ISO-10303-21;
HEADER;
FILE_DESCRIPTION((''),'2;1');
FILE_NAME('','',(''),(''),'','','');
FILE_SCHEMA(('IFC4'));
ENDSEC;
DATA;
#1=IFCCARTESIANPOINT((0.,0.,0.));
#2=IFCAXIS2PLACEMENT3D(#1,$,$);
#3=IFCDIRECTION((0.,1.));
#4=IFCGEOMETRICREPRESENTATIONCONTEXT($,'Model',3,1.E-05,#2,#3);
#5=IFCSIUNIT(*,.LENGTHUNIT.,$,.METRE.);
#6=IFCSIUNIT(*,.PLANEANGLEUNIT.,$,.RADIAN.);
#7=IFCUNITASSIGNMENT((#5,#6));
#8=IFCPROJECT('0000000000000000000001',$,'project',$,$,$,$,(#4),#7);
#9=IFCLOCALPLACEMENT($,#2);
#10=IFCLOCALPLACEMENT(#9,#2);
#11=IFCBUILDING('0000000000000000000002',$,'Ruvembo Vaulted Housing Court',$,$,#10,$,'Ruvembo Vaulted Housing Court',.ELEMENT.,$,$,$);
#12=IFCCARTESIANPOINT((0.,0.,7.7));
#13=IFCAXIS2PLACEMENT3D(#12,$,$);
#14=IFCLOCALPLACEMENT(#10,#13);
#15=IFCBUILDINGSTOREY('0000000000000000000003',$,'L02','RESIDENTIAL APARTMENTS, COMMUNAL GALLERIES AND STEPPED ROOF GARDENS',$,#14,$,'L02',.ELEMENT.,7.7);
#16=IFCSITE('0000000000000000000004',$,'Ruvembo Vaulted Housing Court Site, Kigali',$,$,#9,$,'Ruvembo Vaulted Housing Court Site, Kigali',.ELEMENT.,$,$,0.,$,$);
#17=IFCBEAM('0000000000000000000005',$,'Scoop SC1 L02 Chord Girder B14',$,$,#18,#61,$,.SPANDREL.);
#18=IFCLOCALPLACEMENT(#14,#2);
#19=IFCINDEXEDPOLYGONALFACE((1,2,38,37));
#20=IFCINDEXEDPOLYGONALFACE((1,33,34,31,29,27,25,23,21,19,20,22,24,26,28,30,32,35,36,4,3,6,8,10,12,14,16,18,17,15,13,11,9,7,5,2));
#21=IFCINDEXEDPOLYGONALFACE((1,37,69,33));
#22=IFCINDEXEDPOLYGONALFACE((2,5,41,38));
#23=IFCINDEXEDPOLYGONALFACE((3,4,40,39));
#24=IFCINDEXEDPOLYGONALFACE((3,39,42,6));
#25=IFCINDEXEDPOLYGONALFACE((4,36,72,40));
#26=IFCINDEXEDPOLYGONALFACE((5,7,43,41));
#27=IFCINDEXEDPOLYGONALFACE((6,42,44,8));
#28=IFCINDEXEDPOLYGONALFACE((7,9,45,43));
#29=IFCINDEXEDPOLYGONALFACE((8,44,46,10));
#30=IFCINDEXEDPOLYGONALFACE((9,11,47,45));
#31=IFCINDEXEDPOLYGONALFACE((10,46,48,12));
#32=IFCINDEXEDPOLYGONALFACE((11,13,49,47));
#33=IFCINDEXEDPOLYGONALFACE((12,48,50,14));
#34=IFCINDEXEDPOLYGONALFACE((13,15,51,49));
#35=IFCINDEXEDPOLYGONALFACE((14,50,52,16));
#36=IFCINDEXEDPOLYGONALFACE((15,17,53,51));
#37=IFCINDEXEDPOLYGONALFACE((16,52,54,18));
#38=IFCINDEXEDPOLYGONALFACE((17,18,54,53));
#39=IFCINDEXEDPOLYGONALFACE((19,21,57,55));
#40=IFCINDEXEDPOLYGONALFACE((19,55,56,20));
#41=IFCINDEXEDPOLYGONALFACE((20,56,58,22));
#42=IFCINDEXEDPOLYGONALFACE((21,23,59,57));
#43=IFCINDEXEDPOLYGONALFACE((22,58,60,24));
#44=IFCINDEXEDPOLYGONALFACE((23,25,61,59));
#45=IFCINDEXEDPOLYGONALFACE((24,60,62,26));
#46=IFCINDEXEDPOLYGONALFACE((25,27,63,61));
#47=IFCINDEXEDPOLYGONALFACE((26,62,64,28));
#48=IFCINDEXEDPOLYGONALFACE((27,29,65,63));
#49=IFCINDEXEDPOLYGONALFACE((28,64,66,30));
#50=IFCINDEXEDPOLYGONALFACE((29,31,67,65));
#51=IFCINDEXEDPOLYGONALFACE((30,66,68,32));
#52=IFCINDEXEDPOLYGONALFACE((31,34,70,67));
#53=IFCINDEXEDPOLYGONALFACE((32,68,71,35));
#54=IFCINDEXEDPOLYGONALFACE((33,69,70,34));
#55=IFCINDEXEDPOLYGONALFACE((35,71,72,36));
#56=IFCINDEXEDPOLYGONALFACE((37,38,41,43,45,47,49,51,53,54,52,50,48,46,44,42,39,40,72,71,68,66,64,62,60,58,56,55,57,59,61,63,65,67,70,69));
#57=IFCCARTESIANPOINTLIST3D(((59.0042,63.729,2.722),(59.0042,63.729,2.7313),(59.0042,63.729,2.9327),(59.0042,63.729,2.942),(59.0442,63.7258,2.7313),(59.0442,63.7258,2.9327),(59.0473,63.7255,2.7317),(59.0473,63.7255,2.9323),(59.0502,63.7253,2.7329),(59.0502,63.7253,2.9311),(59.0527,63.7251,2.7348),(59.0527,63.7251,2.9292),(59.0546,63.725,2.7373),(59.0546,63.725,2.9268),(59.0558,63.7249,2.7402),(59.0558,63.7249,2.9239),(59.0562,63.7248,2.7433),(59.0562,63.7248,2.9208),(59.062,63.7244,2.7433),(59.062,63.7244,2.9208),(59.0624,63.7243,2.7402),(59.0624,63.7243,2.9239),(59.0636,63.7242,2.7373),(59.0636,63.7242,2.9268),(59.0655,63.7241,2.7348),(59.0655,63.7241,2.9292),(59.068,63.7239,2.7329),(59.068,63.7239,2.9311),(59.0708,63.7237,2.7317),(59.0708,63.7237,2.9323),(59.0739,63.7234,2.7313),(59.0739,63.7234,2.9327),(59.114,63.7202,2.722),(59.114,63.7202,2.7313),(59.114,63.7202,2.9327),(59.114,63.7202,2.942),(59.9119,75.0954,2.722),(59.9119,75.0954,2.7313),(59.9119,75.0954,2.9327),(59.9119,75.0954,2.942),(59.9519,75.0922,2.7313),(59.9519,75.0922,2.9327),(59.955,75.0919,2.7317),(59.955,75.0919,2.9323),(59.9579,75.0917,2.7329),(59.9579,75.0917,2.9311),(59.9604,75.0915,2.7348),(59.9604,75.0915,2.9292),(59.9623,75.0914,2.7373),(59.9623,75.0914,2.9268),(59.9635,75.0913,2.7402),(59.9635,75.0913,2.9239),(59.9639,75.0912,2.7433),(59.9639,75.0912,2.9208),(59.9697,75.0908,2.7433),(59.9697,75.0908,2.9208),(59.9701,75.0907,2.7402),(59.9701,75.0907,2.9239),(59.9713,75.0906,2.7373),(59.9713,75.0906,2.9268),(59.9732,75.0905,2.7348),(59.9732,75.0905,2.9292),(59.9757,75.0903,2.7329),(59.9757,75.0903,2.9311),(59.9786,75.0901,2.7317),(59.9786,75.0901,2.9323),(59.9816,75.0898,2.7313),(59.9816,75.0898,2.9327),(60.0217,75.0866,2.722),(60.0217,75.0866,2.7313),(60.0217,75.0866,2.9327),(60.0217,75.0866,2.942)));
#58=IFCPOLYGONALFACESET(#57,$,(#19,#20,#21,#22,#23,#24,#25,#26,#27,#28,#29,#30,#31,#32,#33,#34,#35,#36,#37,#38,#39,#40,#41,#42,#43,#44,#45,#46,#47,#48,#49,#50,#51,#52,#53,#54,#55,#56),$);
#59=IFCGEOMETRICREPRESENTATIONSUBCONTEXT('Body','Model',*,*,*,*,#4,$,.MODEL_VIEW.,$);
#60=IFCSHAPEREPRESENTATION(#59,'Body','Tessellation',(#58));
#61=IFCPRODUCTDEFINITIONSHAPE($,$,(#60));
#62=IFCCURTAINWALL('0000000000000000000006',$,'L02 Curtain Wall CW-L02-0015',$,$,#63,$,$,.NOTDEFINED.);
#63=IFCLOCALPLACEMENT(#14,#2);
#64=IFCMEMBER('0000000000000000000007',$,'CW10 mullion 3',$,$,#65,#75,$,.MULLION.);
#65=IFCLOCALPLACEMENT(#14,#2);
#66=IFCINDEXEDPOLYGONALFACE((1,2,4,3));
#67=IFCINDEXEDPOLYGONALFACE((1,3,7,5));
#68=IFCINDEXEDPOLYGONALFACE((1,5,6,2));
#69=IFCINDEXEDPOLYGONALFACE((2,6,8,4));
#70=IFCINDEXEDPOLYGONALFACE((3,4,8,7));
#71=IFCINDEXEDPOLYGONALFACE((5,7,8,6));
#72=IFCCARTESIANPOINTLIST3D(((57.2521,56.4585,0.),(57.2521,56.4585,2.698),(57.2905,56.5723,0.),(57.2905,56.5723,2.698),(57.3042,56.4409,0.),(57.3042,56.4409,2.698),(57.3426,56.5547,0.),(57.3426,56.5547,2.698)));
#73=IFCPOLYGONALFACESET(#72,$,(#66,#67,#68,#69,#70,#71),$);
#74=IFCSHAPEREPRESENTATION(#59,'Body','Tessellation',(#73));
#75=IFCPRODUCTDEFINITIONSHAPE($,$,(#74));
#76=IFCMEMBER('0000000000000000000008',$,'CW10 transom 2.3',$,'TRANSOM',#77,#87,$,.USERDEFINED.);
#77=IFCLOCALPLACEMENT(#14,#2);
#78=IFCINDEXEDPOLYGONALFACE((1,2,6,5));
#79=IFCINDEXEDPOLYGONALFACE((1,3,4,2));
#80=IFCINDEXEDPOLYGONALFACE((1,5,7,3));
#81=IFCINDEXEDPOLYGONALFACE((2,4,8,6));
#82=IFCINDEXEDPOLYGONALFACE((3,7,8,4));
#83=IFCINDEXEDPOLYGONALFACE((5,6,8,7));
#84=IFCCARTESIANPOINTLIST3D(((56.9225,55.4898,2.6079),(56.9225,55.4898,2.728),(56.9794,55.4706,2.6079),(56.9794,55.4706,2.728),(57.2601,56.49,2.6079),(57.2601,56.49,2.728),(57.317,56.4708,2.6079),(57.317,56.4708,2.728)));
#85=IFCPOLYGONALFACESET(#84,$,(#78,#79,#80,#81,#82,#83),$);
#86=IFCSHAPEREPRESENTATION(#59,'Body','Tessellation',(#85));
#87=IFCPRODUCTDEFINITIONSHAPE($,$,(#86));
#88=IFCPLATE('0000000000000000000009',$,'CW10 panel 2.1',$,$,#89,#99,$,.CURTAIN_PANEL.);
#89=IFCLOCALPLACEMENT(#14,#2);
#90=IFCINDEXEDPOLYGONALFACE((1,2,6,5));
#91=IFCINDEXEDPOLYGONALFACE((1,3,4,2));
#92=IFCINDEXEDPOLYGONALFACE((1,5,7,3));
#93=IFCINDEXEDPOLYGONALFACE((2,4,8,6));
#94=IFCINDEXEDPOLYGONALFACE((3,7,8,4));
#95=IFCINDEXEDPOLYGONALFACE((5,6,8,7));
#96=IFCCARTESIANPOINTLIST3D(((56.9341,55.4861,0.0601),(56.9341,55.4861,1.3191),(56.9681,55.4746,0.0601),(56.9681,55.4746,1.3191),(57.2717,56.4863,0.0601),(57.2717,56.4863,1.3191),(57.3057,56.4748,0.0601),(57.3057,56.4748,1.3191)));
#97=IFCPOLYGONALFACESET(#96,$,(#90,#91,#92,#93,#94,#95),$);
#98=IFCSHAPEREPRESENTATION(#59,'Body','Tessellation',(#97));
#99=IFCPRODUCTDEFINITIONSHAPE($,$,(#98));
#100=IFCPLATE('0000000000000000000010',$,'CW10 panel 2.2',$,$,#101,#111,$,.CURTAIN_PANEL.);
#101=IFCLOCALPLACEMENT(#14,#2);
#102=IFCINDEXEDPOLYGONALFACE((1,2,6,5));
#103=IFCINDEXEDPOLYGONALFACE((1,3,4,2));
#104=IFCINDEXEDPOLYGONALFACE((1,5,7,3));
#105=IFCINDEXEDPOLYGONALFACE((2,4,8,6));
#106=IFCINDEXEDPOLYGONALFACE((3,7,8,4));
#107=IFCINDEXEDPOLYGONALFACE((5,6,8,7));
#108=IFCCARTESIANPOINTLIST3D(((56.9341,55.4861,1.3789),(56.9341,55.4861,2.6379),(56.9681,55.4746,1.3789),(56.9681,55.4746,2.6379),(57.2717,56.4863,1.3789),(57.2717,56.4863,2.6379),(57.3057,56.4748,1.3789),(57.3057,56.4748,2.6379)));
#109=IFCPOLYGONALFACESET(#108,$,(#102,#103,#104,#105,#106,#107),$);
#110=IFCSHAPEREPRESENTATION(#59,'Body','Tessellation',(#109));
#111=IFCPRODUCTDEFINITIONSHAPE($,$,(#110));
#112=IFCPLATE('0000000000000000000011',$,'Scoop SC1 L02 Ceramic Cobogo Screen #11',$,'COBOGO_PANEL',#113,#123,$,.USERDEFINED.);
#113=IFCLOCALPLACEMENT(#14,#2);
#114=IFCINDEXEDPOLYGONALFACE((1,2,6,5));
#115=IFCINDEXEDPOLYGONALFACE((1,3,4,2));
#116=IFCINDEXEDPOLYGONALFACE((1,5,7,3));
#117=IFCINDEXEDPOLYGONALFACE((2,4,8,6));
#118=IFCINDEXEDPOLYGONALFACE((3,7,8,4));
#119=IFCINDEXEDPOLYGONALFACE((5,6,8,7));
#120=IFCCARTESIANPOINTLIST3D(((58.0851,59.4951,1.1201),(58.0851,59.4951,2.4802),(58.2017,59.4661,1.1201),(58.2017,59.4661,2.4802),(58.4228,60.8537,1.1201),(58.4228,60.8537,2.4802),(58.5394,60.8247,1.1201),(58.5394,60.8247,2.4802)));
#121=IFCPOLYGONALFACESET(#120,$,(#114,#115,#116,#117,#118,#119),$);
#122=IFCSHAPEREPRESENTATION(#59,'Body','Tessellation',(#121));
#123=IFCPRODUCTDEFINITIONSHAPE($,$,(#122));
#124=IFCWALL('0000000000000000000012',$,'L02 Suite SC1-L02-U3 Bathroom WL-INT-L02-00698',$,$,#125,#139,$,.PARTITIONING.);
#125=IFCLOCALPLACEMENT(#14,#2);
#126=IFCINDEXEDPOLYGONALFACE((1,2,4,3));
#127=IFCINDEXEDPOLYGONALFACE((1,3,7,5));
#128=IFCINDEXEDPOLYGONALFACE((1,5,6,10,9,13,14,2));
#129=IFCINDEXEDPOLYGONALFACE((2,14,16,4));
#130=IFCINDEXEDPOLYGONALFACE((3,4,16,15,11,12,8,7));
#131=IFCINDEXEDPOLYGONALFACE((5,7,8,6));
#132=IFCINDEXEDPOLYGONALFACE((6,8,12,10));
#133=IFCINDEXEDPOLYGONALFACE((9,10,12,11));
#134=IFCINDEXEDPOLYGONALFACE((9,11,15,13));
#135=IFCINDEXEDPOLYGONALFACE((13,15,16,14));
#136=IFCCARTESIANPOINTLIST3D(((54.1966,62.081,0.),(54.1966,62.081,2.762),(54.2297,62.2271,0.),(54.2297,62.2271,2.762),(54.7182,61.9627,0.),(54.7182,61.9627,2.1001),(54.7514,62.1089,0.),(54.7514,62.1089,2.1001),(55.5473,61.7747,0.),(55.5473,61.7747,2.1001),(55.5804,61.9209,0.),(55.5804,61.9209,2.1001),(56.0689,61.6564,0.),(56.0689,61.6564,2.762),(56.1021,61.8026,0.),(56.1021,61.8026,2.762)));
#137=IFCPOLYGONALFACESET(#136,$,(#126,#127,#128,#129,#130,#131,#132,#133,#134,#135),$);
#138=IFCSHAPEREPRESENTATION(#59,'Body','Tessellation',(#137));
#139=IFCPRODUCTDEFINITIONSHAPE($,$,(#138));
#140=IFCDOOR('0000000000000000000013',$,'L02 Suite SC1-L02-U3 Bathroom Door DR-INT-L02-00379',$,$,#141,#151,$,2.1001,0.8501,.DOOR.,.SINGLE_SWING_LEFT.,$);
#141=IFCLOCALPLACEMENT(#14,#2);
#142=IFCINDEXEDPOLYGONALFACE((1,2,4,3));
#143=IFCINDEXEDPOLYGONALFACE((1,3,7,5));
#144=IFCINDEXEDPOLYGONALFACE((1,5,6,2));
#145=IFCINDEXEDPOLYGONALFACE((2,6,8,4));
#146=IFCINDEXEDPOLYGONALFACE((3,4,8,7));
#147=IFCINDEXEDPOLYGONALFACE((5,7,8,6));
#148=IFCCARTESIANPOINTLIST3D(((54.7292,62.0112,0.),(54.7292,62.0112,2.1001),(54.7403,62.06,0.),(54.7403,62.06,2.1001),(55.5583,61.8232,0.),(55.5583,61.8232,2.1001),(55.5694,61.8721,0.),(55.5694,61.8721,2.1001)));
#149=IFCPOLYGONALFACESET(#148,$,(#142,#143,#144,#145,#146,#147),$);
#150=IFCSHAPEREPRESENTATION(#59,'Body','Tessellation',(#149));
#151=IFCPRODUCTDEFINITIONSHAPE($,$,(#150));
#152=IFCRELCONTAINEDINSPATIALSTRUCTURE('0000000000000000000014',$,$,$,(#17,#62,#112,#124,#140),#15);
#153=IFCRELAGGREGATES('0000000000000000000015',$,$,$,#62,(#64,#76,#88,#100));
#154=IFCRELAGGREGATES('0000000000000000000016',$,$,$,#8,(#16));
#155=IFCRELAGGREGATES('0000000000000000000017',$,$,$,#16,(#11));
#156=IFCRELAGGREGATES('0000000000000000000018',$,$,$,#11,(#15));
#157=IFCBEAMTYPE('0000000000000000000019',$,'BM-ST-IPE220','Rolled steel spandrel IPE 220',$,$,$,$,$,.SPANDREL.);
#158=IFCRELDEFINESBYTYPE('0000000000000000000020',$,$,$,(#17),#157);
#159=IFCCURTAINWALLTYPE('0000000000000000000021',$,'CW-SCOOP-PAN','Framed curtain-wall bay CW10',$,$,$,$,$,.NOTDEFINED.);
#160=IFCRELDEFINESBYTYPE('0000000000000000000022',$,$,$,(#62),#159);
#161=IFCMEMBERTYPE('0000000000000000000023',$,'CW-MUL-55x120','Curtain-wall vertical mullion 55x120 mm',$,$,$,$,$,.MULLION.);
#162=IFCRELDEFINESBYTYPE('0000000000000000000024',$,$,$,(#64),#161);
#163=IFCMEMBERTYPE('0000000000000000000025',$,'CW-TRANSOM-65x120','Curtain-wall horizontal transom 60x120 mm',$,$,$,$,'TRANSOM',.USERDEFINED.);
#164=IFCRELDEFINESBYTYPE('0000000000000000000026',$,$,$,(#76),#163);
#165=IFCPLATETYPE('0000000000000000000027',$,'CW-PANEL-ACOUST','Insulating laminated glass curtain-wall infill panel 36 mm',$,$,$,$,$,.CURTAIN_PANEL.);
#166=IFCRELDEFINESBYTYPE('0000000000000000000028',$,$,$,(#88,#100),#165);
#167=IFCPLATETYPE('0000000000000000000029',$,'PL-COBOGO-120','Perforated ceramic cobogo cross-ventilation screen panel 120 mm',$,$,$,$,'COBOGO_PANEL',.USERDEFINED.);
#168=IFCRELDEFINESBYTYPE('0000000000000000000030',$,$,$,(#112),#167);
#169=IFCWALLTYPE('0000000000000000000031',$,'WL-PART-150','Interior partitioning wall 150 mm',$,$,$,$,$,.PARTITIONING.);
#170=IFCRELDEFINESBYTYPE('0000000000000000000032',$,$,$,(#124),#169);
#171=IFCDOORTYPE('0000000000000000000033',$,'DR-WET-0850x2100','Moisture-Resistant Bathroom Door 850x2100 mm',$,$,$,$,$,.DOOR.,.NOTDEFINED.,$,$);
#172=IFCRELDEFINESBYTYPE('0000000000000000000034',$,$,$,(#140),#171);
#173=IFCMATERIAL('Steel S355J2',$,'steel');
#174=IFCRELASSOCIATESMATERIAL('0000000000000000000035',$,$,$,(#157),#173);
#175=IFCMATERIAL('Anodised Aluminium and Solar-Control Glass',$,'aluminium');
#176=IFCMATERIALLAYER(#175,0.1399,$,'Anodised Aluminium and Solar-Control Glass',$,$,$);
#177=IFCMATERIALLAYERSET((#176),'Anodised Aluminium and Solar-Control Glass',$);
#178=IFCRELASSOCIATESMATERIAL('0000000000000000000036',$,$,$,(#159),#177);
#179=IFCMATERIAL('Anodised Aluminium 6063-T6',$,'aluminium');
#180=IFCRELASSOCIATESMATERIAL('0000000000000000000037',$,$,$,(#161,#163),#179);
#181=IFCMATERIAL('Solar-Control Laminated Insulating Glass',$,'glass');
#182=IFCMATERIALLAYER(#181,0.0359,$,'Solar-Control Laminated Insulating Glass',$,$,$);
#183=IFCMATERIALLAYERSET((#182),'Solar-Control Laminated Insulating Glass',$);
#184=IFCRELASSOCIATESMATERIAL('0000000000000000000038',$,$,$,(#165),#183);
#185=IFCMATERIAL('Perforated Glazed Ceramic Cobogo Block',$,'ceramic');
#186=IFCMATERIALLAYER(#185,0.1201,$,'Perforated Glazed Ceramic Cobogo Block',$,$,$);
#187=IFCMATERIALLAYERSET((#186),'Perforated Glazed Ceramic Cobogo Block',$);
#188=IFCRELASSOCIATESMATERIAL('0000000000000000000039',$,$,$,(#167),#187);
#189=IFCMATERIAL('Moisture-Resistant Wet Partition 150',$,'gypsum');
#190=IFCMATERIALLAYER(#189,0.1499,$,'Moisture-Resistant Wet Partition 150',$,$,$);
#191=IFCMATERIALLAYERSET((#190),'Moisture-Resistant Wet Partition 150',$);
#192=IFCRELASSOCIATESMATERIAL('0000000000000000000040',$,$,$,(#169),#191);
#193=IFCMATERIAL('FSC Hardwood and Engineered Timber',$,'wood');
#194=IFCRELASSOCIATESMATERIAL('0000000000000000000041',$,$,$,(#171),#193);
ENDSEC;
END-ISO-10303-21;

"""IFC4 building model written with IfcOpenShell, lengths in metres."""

from ifc_helpers import new_model, si_unit, direction, frame, frame_2d, origin, origin_2d, place, context, subcontext, project, spatial, rectangle, i_section, extrude, material, layer, layer_set, material_profile, profile_set, type_object, element, fill, aggregate, save


model = new_model("IFC4")

# Units and contexts
model_context = context("Model", 3, precision=1e-05, world=origin(), true_north=direction((0.0, 1.0)))
body_context = subcontext(model_context, "Body", "Model", "MODEL_VIEW")
ifc_project = project(units=[si_unit("LENGTHUNIT", "METRE"), si_unit("PLANEANGLEUNIT", "RADIAN")], contexts=[model_context])

# Site, building, storey
site_placement = place(None, origin())
site = spatial("IfcSite", under=ifc_project, at=site_placement, Name="Ruvembo Vaulted Housing Court Site, Kigali", LongName="Ruvembo Vaulted Housing Court Site, Kigali", CompositionType="ELEMENT", RefElevation=0.0)
building_placement = place(site_placement, origin())
building = spatial("IfcBuilding", under=site, at=building_placement, Name="Ruvembo Vaulted Housing Court", LongName="Ruvembo Vaulted Housing Court", CompositionType="ELEMENT")
storey_placement = place(building_placement, frame((0.0, 0.0, 7.7)))
storey = spatial("IfcBuildingStorey", under=building, at=storey_placement, Name="L02", Description="RESIDENTIAL APARTMENTS, COMMUNAL GALLERIES AND STEPPED ROOF GARDENS", LongName="L02", CompositionType="ELEMENT", Elevation=7.7)

# Beam
ifc_material_1 = material(Name="Steel S355J2", Category="steel")
ifc_material_profile_1 = material_profile(ifc_material_1, i_section(OverallWidth=0.1101, OverallDepth=0.22, WebThickness=0.0059, FlangeThickness=0.0093, FilletRadius=0.012, at=origin_2d()), Name="IPE 220")
ifc_profile_set_1 = profile_set([ifc_material_profile_1], Name="Steel S355J2")
beam_type_1 = type_object("IfcBeamType", Name="BM-ST-IPE220", Description="Rolled steel spandrel IPE 220", PredefinedType="SPANDREL", material=ifc_profile_set_1)
beam_1_placement = place(storey_placement, frame((59.0591, 63.7246, 2.832), z_axis=(0.079606, 0.996826, 0.0), x_axis=(-0.996826, 0.079606, 0.0)))
element("IfcBeam", 1, at=beam_1_placement, inside=storey, type_object=beam_type_1, Name="Scoop SC1 L02 Chord Girder B14", PredefinedType="SPANDREL", context=body_context, shape_type="SweptSolid", body=[
    extrude(i_section(OverallWidth=0.1101, OverallDepth=0.22, WebThickness=0.0059, FlangeThickness=0.0093, FilletRadius=0.012, at=origin_2d()), origin(), (0.0, 0.0, 1.0), 11.4026),
])

# Curtain wall, members, plates
ifc_material_2 = material(Name="Anodised Aluminium and Solar-Control Glass", Category="aluminium")
ifc_layer_1 = layer(ifc_material_2, 0.1399, Name="Anodised Aluminium and Solar-Control Glass")
ifc_layer_set_1 = layer_set([ifc_layer_1], Name="Anodised Aluminium and Solar-Control Glass")
curtain_wall_type = type_object("IfcCurtainWallType", Name="CW-SCOOP-PAN", Description="Framed curtain-wall bay CW10", PredefinedType="NOTDEFINED", material=ifc_layer_set_1)
curtain_wall_placement = place(storey_placement, origin())
curtain_wall = element("IfcCurtainWall", 2, at=curtain_wall_placement, inside=storey, type_object=curtain_wall_type, Name="L02 Curtain Wall CW-L02-0015", PredefinedType="NOTDEFINED")
ifc_material_3 = material(Name="Anodised Aluminium 6063-T6", Category="aluminium")
ifc_material_profile_2 = material_profile(ifc_material_3, rectangle(XDim=0.0549, YDim=0.1201, at=origin_2d()), Name="ALU 55x120")
ifc_profile_set_2 = profile_set([ifc_material_profile_2], Name="Anodised Aluminium 6063-T6")
member_type_1 = type_object("IfcMemberType", Name="CW-MUL-55x120", Description="Curtain-wall vertical mullion 55x120 mm", PredefinedType="MULLION", material=ifc_profile_set_2)
member_1_placement = place(storey_placement, frame((57.2974, 56.5066, 0.0), z_axis=(0.0, 0.0, 1.0), x_axis=(-0.947473, 0.319836, 0.0)))
member_1 = element("IfcMember", 3, at=member_1_placement, type_object=member_type_1, Name="CW10 mullion 3", PredefinedType="MULLION", context=body_context, shape_type="SweptSolid", body=[
    extrude(rectangle(XDim=0.0549, YDim=0.1201, at=origin_2d()), origin(), (0.0, 0.0, 1.0), 2.698),
])
ifc_material_profile_3 = material_profile(ifc_material_3, rectangle(XDim=0.0601, YDim=0.1201, at=origin_2d()), Name="ALU 60x120")
ifc_profile_set_3 = profile_set([ifc_material_profile_3], Name="Anodised Aluminium 6063-T6")
member_type_2 = type_object("IfcMemberType", Name="CW-TRANSOM-65x120", Description="Curtain-wall horizontal transom 60x120 mm", ElementType="TRANSOM", PredefinedType="USERDEFINED", material=ifc_profile_set_3)
member_2_placement = place(storey_placement, frame((56.9509, 55.4802, 2.668), z_axis=(0.319833, 0.947474, 0.0), x_axis=(-0.947474, 0.319833, 0.0)))
member_2 = element("IfcMember", 4, at=member_2_placement, type_object=member_type_2, Name="CW10 transom 2.3", ObjectType="TRANSOM", PredefinedType="USERDEFINED", context=body_context, shape_type="SweptSolid", body=[
    extrude(rectangle(XDim=0.0601, YDim=0.1201, at=origin_2d()), origin(), (0.0, 0.0, 1.0), 1.0557),
])
ifc_material_4 = material(Name="Solar-Control Laminated Insulating Glass", Category="glass")
ifc_layer_2 = layer(ifc_material_4, 0.0359, Name="Solar-Control Laminated Insulating Glass")
ifc_layer_set_2 = layer_set([ifc_layer_2], Name="Solar-Control Laminated Insulating Glass")
plate_type_1 = type_object("IfcPlateType", Name="CW-PANEL-ACOUST", Description="Insulating laminated glass curtain-wall infill panel 36 mm", PredefinedType="CURTAIN_PANEL", material=ifc_layer_set_2)
plate_1_placement = place(storey_placement, frame((57.1199, 55.9805, 0.0601), z_axis=(0.0, 0.0, 1.0), x_axis=(0.319836, 0.947473, 0.0)))
plate_1 = element("IfcPlate", 5, at=plate_1_placement, type_object=plate_type_1, Name="CW10 panel 2.1", PredefinedType="CURTAIN_PANEL", context=body_context, shape_type="SweptSolid", body=[
    extrude(rectangle(XDim=1.0557, YDim=0.0359, at=origin_2d()), origin(), (0.0, 0.0, 1.0), 1.259),
])
plate_2_placement = place(storey_placement, frame((57.1199, 55.9805, 1.3789), z_axis=(0.0, 0.0, 1.0), x_axis=(0.319836, 0.947473, 0.0)))
plate_2 = element("IfcPlate", 6, at=plate_2_placement, type_object=plate_type_1, Name="CW10 panel 2.2", PredefinedType="CURTAIN_PANEL", context=body_context, shape_type="SweptSolid", body=[
    extrude(rectangle(XDim=1.0557, YDim=0.0359, at=origin_2d()), origin(), (0.0, 0.0, 1.0), 1.259),
])
aggregate(curtain_wall, [member_1, member_2, plate_1, plate_2])

# Plate
ifc_material_5 = material(Name="Perforated Glazed Ceramic Cobogo Block", Category="ceramic")
ifc_layer_3 = layer(ifc_material_5, 0.1201, Name="Perforated Glazed Ceramic Cobogo Block")
ifc_layer_set_3 = layer_set([ifc_layer_3], Name="Perforated Glazed Ceramic Cobogo Block")
plate_type_2 = type_object("IfcPlateType", Name="PL-COBOGO-120", Description="Perforated ceramic cobogo cross-ventilation screen panel 120 mm", ElementType="COBOGO_PANEL", PredefinedType="USERDEFINED", material=ifc_layer_set_3)
plate_3_placement = place(storey_placement, frame((58.3123, 60.1599, 1.1201), z_axis=(0.0, 0.0, 1.0), x_axis=(0.241194, 0.970477, 0.0)))
element("IfcPlate", 7, at=plate_3_placement, inside=storey, type_object=plate_type_2, Name="Scoop SC1 L02 Ceramic Cobogo Screen #11", ObjectType="COBOGO_PANEL", PredefinedType="USERDEFINED", context=body_context, shape_type="SweptSolid", body=[
    extrude(rectangle(XDim=1.3999, YDim=0.1201, at=origin_2d()), origin(), (0.0, 0.0, 1.0), 1.3601),
])

# Wall, opening, door
ifc_material_6 = material(Name="FSC Hardwood and Engineered Timber", Category="wood")
ifc_material_7 = material(Name="Moisture-Resistant Wet Partition 150", Category="gypsum")
ifc_layer_4 = layer(ifc_material_7, 0.1499, Name="Moisture-Resistant Wet Partition 150")
ifc_layer_set_4 = layer_set([ifc_layer_4], Name="Moisture-Resistant Wet Partition 150")
wall_type_1 = type_object("IfcWallType", Name="WL-PART-150", Description="Interior partitioning wall 150 mm", PredefinedType="PARTITIONING", material=ifc_layer_set_4)
wall_1_placement = place(storey_placement, frame((54.2131, 62.1541, 0.0), z_axis=(0.0, 0.0, 1.0), x_axis=(0.975241, -0.221143, 0.0)))
wall_1 = element("IfcWall", 8, at=wall_1_placement, inside=storey, type_object=wall_type_1, Name="L02 Suite SC1-L02-U3 Bathroom WL-INT-L02-00698", PredefinedType="PARTITIONING", context=body_context, shape_type="SweptSolid", body=[
    extrude(rectangle(XDim=1.9199, YDim=0.1499, at=frame_2d((0.96, 0.0))), origin(), (0.0, 0.0, 1.0), 2.762),
])
opening_1_placement = place(wall_1_placement, frame((0.5349, 0.0, 0.0)))
opening_1 = element("IfcOpeningElement", 9, at=opening_1_placement, cuts=wall_1, PredefinedType="OPENING", context=body_context, shape_type="SweptSolid", body=[
    extrude(rectangle(XDim=0.8501, YDim=2.1001, at=frame_2d((0.425, 1.05))), frame((0.0, 0.085, 0.0), z_axis=(0.0, -1.0, 0.0), x_axis=(1.0, 0.0, 0.0)), (0.0, 0.0, 1.0), 0.1699),
])
door_type_1 = type_object("IfcDoorType", Name="DR-WET-0850x2100", Description="Moisture-Resistant Bathroom Door 850x2100 mm", OperationType="NOTDEFINED", PredefinedType="DOOR", material=ifc_material_6)
door_1_placement = place(opening_1_placement, origin())
door_1 = element("IfcDoor", 10, at=door_1_placement, inside=storey, type_object=door_type_1, Name="L02 Suite SC1-L02-U3 Bathroom Door DR-INT-L02-00379", OperationType="SINGLE_SWING_LEFT", OverallHeight=2.1001, OverallWidth=0.8501, PredefinedType="DOOR", context=body_context, shape_type="SweptSolid", body=[
    extrude(rectangle(XDim=0.8501, YDim=2.1001, at=frame_2d((0.425, 1.05))), frame((0.0, 0.0249, 0.0), z_axis=(0.0, -1.0, 0.0), x_axis=(1.0, 0.0, 0.0)), (0.0, 0.0, 1.0), 0.05),
])
fill(opening_1, door_1)

save(model, "model.ifc")
